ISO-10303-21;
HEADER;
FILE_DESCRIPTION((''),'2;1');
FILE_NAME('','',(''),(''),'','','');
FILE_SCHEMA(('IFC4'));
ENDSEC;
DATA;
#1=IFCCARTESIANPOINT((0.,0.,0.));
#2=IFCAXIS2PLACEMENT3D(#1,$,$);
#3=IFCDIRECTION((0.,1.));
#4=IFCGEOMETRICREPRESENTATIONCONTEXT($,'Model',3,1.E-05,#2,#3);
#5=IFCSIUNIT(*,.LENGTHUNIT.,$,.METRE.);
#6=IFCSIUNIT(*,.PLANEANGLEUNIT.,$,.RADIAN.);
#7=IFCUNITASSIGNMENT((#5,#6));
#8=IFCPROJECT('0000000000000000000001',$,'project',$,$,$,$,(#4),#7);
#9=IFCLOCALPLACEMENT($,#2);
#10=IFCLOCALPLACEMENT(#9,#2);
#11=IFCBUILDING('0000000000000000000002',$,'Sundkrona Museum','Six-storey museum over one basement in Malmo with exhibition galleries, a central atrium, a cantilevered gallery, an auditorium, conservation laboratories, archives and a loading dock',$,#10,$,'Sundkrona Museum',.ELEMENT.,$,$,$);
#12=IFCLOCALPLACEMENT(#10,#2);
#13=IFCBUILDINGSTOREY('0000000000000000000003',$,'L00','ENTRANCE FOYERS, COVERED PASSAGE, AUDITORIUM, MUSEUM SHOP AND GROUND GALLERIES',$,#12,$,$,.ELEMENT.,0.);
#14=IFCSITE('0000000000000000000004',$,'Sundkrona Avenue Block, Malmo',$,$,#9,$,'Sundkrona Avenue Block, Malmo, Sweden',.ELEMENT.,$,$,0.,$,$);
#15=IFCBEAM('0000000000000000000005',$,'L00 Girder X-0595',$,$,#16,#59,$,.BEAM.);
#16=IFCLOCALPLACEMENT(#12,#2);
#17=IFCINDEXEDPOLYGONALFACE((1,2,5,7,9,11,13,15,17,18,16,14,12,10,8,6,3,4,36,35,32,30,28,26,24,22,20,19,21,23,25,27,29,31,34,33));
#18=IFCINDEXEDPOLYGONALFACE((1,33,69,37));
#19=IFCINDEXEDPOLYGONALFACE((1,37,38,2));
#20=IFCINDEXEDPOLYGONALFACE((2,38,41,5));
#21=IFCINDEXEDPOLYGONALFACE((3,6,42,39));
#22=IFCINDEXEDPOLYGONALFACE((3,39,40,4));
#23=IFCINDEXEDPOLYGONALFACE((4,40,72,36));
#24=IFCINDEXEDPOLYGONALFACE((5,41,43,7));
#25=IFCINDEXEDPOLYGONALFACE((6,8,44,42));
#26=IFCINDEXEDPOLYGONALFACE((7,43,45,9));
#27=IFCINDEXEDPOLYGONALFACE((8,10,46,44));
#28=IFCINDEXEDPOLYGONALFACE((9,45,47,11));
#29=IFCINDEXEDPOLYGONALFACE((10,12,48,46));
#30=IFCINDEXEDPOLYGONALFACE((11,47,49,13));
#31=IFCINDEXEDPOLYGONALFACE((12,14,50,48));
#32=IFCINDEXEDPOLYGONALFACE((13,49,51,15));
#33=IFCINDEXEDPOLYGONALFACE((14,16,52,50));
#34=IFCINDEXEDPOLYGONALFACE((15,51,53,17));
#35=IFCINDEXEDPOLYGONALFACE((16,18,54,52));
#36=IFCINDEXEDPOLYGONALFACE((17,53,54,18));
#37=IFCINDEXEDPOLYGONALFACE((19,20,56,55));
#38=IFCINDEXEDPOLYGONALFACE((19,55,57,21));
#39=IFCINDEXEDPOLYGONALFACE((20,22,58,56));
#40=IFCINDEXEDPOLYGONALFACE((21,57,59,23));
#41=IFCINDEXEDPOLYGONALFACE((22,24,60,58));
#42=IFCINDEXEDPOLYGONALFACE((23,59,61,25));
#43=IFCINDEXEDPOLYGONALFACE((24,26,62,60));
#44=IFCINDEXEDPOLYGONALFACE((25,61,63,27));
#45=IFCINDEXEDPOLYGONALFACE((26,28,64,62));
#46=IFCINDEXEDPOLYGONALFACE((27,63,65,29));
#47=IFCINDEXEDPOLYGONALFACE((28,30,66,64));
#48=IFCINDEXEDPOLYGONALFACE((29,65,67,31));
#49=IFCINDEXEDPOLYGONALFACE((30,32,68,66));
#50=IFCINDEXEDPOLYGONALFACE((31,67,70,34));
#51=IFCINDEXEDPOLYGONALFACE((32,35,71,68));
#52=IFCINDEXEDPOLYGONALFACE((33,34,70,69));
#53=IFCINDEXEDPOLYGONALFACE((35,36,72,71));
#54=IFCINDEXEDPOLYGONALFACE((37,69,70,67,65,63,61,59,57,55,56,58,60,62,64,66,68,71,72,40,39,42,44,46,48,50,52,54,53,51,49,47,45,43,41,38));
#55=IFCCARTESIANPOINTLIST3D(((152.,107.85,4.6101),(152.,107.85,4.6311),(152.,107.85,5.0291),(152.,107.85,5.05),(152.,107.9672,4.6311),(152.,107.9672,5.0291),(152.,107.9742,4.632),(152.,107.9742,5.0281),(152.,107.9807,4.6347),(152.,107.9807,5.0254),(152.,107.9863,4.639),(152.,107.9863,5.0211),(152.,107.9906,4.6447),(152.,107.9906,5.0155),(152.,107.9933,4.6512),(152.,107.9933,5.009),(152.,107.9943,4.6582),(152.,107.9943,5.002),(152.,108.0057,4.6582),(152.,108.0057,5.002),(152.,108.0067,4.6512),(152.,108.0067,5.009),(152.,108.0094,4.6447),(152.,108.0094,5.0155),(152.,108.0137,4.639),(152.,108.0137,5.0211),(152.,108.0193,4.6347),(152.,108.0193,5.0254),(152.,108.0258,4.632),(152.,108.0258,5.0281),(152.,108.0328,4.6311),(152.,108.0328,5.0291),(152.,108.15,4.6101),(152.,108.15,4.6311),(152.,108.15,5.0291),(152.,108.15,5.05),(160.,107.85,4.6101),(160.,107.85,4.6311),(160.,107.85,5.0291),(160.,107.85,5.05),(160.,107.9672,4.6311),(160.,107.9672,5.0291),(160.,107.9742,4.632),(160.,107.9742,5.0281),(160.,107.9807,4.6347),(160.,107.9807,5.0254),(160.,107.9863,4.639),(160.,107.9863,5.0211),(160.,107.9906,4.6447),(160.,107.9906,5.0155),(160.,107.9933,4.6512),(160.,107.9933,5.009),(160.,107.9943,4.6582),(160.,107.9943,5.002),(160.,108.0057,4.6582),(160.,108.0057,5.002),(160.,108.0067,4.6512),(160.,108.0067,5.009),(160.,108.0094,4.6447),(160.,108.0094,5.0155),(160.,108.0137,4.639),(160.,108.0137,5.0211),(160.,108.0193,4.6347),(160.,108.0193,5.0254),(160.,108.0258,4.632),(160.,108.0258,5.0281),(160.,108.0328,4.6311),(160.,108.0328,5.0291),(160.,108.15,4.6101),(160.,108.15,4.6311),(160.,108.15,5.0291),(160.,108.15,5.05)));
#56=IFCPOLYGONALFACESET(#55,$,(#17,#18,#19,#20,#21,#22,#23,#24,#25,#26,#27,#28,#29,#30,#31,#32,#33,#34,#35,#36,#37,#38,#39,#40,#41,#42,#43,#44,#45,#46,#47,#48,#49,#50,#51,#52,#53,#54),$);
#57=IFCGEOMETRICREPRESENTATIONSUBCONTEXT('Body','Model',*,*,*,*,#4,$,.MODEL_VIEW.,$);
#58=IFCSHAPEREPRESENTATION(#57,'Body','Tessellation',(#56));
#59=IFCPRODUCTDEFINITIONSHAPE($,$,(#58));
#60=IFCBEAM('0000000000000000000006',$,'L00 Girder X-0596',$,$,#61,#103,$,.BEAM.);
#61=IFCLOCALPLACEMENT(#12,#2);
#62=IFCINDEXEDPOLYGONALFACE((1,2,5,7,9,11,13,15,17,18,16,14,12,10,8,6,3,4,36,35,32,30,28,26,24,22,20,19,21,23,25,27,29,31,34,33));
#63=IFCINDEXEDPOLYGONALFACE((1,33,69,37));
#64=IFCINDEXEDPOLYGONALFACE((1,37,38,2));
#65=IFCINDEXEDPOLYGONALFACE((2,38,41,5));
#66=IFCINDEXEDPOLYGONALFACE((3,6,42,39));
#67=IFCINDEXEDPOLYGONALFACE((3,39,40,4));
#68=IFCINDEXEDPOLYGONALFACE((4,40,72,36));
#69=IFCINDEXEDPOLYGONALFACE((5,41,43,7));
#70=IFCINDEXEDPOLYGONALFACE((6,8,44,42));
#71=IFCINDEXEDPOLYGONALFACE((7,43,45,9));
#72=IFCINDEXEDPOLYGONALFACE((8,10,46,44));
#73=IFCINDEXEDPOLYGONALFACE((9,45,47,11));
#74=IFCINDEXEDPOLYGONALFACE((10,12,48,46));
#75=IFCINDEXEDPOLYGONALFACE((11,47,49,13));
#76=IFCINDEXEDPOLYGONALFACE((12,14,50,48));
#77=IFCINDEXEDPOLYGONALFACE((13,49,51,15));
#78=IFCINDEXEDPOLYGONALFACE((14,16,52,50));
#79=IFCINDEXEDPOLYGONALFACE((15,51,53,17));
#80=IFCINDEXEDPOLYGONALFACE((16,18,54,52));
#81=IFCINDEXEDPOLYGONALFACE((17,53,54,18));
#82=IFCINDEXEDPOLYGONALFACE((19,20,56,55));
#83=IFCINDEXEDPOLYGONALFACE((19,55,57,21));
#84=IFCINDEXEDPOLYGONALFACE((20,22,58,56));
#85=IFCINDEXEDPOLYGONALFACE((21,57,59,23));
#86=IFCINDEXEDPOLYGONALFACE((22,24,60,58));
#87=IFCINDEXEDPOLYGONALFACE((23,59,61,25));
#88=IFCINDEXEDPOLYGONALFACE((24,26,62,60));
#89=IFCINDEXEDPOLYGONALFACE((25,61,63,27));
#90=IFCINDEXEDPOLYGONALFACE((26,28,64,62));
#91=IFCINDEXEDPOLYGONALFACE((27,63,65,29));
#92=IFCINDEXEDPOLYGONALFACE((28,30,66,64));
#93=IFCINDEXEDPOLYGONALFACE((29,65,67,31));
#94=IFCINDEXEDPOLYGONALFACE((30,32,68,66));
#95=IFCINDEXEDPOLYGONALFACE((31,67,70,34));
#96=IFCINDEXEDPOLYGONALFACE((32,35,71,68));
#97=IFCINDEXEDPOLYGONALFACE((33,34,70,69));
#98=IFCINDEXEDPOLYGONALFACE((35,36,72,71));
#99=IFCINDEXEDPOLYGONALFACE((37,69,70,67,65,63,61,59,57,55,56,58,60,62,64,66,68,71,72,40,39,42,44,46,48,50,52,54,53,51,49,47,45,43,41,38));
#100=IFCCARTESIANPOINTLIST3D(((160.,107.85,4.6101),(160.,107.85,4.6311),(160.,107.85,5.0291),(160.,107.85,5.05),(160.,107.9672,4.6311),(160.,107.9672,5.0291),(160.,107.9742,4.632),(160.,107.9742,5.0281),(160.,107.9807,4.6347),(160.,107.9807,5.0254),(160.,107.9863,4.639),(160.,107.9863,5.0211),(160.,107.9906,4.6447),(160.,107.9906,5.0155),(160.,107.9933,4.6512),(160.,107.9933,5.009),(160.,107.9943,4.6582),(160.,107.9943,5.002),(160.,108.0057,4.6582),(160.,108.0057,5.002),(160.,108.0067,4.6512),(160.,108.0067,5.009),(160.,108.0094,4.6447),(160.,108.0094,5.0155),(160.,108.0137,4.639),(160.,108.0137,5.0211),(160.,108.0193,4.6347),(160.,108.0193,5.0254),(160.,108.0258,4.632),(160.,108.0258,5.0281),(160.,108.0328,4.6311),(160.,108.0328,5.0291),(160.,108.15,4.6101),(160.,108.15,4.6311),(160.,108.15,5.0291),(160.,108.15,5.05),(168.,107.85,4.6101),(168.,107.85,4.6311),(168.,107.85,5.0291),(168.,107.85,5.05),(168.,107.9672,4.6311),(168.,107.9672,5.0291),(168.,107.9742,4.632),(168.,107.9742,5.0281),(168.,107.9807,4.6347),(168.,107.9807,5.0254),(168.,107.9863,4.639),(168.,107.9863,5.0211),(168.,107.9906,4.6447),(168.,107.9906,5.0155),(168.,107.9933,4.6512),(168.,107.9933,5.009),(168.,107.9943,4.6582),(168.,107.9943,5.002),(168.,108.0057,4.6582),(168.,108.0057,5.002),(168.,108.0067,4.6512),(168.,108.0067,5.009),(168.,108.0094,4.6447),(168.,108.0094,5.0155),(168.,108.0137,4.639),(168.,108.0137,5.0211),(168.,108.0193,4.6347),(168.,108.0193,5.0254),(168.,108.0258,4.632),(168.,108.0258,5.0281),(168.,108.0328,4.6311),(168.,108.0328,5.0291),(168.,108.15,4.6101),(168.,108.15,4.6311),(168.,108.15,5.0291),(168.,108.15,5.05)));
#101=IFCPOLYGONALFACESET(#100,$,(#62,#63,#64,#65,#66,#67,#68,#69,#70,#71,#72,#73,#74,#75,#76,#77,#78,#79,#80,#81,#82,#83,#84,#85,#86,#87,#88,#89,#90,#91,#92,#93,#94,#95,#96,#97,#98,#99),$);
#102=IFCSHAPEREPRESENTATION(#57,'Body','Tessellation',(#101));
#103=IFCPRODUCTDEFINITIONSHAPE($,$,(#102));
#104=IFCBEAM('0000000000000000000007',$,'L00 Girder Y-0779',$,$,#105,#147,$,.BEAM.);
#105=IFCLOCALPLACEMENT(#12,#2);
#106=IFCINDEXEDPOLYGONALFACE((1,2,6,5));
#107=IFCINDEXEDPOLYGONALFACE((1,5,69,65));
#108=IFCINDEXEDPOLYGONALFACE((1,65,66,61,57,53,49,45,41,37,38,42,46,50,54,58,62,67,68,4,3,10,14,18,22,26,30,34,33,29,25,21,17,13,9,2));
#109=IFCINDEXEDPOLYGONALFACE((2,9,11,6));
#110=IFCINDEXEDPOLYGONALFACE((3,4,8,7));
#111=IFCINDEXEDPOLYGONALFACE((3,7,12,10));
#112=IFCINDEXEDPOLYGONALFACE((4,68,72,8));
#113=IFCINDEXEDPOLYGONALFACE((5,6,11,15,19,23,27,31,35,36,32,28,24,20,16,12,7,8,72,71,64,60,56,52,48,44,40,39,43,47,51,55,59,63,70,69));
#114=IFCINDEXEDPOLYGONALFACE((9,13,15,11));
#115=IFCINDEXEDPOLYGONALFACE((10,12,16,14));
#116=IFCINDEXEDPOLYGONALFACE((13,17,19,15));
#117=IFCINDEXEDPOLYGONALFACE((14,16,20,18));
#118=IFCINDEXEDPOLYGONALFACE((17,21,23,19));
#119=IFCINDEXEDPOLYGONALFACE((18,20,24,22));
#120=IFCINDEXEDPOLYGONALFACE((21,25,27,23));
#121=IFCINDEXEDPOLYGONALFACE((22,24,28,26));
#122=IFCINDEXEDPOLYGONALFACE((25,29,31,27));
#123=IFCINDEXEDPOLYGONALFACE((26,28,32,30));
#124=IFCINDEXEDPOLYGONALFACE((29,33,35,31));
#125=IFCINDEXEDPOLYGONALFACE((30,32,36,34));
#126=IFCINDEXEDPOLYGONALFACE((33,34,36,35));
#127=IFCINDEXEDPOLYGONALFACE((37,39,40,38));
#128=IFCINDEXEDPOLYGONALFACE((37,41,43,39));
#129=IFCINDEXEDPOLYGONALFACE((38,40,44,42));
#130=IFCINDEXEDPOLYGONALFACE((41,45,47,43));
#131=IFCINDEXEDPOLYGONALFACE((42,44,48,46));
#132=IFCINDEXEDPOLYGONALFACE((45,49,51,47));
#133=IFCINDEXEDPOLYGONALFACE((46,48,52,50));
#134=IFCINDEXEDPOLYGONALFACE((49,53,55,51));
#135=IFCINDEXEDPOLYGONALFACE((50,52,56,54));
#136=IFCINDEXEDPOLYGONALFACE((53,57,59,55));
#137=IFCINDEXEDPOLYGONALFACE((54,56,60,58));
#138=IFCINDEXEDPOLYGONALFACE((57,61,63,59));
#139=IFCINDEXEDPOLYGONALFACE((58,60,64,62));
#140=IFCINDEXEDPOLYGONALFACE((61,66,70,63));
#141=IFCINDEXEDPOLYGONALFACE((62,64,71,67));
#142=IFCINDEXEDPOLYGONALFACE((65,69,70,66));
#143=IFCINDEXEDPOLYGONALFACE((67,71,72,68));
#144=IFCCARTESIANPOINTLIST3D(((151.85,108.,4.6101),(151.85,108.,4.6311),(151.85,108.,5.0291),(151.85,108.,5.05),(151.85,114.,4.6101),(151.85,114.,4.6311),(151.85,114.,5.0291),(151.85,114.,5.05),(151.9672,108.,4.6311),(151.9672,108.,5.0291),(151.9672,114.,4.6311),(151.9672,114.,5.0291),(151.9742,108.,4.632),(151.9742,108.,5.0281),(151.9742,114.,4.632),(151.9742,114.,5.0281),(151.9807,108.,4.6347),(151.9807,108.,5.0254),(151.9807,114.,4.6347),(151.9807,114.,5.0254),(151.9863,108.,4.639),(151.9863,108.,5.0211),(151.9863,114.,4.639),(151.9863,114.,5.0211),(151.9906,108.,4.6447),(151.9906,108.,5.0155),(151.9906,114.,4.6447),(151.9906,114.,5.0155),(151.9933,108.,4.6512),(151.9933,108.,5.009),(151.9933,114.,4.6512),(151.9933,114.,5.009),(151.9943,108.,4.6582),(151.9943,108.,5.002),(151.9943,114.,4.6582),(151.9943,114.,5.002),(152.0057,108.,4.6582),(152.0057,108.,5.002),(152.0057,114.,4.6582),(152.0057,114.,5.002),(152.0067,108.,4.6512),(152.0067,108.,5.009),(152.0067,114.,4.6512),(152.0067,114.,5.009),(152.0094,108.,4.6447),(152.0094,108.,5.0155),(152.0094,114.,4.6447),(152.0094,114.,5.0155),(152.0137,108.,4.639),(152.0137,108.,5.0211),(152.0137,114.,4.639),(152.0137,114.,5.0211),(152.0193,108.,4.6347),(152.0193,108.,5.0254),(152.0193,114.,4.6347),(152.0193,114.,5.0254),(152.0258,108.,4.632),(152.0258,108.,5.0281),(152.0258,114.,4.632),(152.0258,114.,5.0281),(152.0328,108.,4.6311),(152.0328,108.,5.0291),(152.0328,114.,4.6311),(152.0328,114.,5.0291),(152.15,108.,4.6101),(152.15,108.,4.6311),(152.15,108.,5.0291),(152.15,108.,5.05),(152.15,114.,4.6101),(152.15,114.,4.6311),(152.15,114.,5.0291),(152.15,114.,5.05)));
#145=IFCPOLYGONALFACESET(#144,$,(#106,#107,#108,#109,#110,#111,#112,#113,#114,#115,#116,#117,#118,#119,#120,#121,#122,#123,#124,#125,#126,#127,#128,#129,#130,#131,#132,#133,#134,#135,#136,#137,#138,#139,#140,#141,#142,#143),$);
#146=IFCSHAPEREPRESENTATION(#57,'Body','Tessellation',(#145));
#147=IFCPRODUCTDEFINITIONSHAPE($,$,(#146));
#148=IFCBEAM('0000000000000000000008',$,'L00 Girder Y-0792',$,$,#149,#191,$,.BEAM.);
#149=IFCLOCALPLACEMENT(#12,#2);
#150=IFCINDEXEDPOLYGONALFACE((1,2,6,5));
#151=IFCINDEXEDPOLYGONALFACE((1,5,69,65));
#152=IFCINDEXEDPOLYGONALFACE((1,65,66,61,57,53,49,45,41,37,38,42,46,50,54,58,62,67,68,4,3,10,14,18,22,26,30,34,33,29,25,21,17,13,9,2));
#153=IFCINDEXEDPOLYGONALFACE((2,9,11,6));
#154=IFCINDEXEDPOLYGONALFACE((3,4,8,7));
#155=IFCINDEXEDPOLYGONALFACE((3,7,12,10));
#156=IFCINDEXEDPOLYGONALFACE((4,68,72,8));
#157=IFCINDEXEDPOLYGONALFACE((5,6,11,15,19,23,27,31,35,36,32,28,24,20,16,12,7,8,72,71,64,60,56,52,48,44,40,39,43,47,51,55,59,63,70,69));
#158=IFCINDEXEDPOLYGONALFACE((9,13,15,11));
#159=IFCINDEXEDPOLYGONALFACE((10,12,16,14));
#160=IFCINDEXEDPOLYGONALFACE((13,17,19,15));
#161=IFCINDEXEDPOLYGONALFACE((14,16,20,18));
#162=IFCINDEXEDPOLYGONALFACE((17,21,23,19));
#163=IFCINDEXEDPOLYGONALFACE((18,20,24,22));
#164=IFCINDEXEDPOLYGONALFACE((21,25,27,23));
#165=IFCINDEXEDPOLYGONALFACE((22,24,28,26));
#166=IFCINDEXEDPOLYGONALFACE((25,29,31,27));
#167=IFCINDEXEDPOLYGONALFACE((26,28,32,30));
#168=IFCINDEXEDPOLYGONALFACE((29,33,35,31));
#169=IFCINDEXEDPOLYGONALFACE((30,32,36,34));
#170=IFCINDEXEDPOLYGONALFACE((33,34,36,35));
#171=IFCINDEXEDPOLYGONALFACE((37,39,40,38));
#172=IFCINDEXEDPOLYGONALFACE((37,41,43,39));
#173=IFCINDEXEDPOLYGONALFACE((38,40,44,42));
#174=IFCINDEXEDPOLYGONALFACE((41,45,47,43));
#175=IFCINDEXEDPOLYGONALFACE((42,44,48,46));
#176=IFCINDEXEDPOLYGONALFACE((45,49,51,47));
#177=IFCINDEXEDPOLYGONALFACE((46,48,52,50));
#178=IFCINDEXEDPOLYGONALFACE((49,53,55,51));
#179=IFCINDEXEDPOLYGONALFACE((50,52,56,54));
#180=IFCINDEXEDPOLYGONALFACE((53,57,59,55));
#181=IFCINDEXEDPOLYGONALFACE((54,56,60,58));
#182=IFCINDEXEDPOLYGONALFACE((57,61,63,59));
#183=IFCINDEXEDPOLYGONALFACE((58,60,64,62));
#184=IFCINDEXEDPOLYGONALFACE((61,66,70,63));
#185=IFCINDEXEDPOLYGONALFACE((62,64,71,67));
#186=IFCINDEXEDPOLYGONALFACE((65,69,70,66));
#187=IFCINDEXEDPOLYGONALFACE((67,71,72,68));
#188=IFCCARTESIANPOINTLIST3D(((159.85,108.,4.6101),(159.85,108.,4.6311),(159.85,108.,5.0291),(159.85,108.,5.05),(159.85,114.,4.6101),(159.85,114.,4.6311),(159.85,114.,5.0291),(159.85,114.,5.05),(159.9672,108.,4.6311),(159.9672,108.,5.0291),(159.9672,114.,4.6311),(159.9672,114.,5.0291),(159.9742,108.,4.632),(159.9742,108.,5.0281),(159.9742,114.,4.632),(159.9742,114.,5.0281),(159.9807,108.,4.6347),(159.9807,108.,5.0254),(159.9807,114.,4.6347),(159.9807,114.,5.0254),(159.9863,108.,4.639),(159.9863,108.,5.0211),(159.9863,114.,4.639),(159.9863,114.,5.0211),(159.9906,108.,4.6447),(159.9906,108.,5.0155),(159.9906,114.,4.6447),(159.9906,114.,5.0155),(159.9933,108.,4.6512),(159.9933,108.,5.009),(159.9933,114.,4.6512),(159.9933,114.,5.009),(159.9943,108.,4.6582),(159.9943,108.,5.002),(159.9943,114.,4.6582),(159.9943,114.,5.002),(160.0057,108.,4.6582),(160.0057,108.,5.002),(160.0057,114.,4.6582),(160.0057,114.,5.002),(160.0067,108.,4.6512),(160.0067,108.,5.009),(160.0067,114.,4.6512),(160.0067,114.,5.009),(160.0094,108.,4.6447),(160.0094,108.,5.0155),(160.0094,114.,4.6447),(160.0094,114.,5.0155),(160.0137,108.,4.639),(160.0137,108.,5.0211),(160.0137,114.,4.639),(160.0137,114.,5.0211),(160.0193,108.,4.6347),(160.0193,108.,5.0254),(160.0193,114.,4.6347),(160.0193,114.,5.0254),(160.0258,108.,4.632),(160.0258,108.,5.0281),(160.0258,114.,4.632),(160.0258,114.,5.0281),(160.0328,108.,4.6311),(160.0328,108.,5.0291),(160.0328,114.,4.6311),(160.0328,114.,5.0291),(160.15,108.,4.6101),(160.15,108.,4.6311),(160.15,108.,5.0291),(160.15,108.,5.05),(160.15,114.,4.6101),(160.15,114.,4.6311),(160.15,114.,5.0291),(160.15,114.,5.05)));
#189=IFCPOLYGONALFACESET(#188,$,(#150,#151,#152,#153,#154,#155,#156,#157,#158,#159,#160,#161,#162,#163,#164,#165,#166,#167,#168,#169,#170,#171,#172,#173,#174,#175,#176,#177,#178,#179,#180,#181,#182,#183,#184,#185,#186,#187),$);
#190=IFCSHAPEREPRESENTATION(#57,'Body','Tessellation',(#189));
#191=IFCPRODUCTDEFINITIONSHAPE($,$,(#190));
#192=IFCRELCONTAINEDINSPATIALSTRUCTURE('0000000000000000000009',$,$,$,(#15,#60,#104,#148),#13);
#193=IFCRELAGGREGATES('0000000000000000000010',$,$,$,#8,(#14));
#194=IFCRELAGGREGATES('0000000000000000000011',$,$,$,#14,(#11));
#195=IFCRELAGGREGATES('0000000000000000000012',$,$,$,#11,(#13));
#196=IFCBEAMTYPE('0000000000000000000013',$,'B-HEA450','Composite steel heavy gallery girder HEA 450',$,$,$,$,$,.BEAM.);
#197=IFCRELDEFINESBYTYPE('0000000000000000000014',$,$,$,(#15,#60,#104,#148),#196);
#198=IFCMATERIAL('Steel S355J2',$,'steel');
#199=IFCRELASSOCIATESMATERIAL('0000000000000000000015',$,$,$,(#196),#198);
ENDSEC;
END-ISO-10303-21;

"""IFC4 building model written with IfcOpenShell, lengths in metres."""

from ifc_helpers import new_model, si_unit, direction, frame, origin, origin_2d, place, context, subcontext, project, spatial, i_section, extrude, material, material_profile, profile_set, type_object, element, save


model = new_model("IFC4")

# Units and contexts
model_context = context("Model", 3, precision=1e-05, world=origin(), true_north=direction((0.0, 1.0)))
body_context = subcontext(model_context, "Body", "Model", "MODEL_VIEW")
ifc_project = project(units=[si_unit("LENGTHUNIT", "METRE"), si_unit("PLANEANGLEUNIT", "RADIAN")], contexts=[model_context])

# Site, building, storey
site_placement = place(None, origin())
site = spatial("IfcSite", under=ifc_project, at=site_placement, Name="Sundkrona Avenue Block, Malmo", LongName="Sundkrona Avenue Block, Malmo, Sweden", CompositionType="ELEMENT", RefElevation=0.0)
building_placement = place(site_placement, origin())
building = spatial("IfcBuilding", under=site, at=building_placement, Name="Sundkrona Museum", Description="Six-storey museum over one basement in Malmo with exhibition galleries, a central atrium, a cantilevered gallery, an auditorium, conservation laboratories, archives and a loading dock", LongName="Sundkrona Museum", CompositionType="ELEMENT")
storey_placement = place(building_placement, origin())
storey = spatial("IfcBuildingStorey", under=building, at=storey_placement, Name="L00", Description="ENTRANCE FOYERS, COVERED PASSAGE, AUDITORIUM, MUSEUM SHOP AND GROUND GALLERIES", CompositionType="ELEMENT", Elevation=0.0)

# Shared definitions
ifc_material_1 = material(Name="Steel S355J2", Category="steel")

# Beams
ifc_material_profile_1 = material_profile(ifc_material_1, i_section(OverallWidth=0.3, OverallDepth=0.4399, WebThickness=0.0115, FlangeThickness=0.021, FilletRadius=0.0271, at=origin_2d()), Name="HEA 450")
ifc_profile_set_1 = profile_set([ifc_material_profile_1], Name="Steel S355J2")
beam_type_1 = type_object("IfcBeamType", Name="B-HEA450", Description="Composite steel heavy gallery girder HEA 450", PredefinedType="BEAM", material=ifc_profile_set_1)
for number, where, z_axis, x_axis, name in (
    (1, (152.0, 108.0, 4.8301), (1.0, 0.0, 0.0), (0.0, 1.0, 0.0), "L00 Girder X-0595"),
    (2, (160.0, 108.0, 4.8301), (1.0, 0.0, 0.0), (0.0, 1.0, 0.0), "L00 Girder X-0596"),
):
    element("IfcBeam", number, at=place(storey_placement, frame(where, z_axis=z_axis, x_axis=x_axis)), inside=storey, type_object=beam_type_1, Name=name, PredefinedType="BEAM", context=body_context, shape_type="SweptSolid", body=[
        extrude(i_section(OverallWidth=0.3, OverallDepth=0.4399, WebThickness=0.0115, FlangeThickness=0.021, FilletRadius=0.0271, at=origin_2d()), origin(), (0.0, 0.0, 1.0), 8.0),
    ])
for number, where, z_axis, x_axis, name in (
    (3, (152.0, 108.0, 4.8301), (0.0, 1.0, 0.0), (-1.0, 0.0, 0.0), "L00 Girder Y-0779"),
    (4, (160.0, 108.0, 4.8301), (0.0, 1.0, 0.0), (-1.0, 0.0, 0.0), "L00 Girder Y-0792"),
):
    element("IfcBeam", number, at=place(storey_placement, frame(where, z_axis=z_axis, x_axis=x_axis)), inside=storey, type_object=beam_type_1, Name=name, PredefinedType="BEAM", context=body_context, shape_type="SweptSolid", body=[
        extrude(i_section(OverallWidth=0.3, OverallDepth=0.4399, WebThickness=0.0115, FlangeThickness=0.021, FilletRadius=0.0271, at=origin_2d()), origin(), (0.0, 0.0, 1.0), 6.0),
    ])

save(model, "model.ifc")
